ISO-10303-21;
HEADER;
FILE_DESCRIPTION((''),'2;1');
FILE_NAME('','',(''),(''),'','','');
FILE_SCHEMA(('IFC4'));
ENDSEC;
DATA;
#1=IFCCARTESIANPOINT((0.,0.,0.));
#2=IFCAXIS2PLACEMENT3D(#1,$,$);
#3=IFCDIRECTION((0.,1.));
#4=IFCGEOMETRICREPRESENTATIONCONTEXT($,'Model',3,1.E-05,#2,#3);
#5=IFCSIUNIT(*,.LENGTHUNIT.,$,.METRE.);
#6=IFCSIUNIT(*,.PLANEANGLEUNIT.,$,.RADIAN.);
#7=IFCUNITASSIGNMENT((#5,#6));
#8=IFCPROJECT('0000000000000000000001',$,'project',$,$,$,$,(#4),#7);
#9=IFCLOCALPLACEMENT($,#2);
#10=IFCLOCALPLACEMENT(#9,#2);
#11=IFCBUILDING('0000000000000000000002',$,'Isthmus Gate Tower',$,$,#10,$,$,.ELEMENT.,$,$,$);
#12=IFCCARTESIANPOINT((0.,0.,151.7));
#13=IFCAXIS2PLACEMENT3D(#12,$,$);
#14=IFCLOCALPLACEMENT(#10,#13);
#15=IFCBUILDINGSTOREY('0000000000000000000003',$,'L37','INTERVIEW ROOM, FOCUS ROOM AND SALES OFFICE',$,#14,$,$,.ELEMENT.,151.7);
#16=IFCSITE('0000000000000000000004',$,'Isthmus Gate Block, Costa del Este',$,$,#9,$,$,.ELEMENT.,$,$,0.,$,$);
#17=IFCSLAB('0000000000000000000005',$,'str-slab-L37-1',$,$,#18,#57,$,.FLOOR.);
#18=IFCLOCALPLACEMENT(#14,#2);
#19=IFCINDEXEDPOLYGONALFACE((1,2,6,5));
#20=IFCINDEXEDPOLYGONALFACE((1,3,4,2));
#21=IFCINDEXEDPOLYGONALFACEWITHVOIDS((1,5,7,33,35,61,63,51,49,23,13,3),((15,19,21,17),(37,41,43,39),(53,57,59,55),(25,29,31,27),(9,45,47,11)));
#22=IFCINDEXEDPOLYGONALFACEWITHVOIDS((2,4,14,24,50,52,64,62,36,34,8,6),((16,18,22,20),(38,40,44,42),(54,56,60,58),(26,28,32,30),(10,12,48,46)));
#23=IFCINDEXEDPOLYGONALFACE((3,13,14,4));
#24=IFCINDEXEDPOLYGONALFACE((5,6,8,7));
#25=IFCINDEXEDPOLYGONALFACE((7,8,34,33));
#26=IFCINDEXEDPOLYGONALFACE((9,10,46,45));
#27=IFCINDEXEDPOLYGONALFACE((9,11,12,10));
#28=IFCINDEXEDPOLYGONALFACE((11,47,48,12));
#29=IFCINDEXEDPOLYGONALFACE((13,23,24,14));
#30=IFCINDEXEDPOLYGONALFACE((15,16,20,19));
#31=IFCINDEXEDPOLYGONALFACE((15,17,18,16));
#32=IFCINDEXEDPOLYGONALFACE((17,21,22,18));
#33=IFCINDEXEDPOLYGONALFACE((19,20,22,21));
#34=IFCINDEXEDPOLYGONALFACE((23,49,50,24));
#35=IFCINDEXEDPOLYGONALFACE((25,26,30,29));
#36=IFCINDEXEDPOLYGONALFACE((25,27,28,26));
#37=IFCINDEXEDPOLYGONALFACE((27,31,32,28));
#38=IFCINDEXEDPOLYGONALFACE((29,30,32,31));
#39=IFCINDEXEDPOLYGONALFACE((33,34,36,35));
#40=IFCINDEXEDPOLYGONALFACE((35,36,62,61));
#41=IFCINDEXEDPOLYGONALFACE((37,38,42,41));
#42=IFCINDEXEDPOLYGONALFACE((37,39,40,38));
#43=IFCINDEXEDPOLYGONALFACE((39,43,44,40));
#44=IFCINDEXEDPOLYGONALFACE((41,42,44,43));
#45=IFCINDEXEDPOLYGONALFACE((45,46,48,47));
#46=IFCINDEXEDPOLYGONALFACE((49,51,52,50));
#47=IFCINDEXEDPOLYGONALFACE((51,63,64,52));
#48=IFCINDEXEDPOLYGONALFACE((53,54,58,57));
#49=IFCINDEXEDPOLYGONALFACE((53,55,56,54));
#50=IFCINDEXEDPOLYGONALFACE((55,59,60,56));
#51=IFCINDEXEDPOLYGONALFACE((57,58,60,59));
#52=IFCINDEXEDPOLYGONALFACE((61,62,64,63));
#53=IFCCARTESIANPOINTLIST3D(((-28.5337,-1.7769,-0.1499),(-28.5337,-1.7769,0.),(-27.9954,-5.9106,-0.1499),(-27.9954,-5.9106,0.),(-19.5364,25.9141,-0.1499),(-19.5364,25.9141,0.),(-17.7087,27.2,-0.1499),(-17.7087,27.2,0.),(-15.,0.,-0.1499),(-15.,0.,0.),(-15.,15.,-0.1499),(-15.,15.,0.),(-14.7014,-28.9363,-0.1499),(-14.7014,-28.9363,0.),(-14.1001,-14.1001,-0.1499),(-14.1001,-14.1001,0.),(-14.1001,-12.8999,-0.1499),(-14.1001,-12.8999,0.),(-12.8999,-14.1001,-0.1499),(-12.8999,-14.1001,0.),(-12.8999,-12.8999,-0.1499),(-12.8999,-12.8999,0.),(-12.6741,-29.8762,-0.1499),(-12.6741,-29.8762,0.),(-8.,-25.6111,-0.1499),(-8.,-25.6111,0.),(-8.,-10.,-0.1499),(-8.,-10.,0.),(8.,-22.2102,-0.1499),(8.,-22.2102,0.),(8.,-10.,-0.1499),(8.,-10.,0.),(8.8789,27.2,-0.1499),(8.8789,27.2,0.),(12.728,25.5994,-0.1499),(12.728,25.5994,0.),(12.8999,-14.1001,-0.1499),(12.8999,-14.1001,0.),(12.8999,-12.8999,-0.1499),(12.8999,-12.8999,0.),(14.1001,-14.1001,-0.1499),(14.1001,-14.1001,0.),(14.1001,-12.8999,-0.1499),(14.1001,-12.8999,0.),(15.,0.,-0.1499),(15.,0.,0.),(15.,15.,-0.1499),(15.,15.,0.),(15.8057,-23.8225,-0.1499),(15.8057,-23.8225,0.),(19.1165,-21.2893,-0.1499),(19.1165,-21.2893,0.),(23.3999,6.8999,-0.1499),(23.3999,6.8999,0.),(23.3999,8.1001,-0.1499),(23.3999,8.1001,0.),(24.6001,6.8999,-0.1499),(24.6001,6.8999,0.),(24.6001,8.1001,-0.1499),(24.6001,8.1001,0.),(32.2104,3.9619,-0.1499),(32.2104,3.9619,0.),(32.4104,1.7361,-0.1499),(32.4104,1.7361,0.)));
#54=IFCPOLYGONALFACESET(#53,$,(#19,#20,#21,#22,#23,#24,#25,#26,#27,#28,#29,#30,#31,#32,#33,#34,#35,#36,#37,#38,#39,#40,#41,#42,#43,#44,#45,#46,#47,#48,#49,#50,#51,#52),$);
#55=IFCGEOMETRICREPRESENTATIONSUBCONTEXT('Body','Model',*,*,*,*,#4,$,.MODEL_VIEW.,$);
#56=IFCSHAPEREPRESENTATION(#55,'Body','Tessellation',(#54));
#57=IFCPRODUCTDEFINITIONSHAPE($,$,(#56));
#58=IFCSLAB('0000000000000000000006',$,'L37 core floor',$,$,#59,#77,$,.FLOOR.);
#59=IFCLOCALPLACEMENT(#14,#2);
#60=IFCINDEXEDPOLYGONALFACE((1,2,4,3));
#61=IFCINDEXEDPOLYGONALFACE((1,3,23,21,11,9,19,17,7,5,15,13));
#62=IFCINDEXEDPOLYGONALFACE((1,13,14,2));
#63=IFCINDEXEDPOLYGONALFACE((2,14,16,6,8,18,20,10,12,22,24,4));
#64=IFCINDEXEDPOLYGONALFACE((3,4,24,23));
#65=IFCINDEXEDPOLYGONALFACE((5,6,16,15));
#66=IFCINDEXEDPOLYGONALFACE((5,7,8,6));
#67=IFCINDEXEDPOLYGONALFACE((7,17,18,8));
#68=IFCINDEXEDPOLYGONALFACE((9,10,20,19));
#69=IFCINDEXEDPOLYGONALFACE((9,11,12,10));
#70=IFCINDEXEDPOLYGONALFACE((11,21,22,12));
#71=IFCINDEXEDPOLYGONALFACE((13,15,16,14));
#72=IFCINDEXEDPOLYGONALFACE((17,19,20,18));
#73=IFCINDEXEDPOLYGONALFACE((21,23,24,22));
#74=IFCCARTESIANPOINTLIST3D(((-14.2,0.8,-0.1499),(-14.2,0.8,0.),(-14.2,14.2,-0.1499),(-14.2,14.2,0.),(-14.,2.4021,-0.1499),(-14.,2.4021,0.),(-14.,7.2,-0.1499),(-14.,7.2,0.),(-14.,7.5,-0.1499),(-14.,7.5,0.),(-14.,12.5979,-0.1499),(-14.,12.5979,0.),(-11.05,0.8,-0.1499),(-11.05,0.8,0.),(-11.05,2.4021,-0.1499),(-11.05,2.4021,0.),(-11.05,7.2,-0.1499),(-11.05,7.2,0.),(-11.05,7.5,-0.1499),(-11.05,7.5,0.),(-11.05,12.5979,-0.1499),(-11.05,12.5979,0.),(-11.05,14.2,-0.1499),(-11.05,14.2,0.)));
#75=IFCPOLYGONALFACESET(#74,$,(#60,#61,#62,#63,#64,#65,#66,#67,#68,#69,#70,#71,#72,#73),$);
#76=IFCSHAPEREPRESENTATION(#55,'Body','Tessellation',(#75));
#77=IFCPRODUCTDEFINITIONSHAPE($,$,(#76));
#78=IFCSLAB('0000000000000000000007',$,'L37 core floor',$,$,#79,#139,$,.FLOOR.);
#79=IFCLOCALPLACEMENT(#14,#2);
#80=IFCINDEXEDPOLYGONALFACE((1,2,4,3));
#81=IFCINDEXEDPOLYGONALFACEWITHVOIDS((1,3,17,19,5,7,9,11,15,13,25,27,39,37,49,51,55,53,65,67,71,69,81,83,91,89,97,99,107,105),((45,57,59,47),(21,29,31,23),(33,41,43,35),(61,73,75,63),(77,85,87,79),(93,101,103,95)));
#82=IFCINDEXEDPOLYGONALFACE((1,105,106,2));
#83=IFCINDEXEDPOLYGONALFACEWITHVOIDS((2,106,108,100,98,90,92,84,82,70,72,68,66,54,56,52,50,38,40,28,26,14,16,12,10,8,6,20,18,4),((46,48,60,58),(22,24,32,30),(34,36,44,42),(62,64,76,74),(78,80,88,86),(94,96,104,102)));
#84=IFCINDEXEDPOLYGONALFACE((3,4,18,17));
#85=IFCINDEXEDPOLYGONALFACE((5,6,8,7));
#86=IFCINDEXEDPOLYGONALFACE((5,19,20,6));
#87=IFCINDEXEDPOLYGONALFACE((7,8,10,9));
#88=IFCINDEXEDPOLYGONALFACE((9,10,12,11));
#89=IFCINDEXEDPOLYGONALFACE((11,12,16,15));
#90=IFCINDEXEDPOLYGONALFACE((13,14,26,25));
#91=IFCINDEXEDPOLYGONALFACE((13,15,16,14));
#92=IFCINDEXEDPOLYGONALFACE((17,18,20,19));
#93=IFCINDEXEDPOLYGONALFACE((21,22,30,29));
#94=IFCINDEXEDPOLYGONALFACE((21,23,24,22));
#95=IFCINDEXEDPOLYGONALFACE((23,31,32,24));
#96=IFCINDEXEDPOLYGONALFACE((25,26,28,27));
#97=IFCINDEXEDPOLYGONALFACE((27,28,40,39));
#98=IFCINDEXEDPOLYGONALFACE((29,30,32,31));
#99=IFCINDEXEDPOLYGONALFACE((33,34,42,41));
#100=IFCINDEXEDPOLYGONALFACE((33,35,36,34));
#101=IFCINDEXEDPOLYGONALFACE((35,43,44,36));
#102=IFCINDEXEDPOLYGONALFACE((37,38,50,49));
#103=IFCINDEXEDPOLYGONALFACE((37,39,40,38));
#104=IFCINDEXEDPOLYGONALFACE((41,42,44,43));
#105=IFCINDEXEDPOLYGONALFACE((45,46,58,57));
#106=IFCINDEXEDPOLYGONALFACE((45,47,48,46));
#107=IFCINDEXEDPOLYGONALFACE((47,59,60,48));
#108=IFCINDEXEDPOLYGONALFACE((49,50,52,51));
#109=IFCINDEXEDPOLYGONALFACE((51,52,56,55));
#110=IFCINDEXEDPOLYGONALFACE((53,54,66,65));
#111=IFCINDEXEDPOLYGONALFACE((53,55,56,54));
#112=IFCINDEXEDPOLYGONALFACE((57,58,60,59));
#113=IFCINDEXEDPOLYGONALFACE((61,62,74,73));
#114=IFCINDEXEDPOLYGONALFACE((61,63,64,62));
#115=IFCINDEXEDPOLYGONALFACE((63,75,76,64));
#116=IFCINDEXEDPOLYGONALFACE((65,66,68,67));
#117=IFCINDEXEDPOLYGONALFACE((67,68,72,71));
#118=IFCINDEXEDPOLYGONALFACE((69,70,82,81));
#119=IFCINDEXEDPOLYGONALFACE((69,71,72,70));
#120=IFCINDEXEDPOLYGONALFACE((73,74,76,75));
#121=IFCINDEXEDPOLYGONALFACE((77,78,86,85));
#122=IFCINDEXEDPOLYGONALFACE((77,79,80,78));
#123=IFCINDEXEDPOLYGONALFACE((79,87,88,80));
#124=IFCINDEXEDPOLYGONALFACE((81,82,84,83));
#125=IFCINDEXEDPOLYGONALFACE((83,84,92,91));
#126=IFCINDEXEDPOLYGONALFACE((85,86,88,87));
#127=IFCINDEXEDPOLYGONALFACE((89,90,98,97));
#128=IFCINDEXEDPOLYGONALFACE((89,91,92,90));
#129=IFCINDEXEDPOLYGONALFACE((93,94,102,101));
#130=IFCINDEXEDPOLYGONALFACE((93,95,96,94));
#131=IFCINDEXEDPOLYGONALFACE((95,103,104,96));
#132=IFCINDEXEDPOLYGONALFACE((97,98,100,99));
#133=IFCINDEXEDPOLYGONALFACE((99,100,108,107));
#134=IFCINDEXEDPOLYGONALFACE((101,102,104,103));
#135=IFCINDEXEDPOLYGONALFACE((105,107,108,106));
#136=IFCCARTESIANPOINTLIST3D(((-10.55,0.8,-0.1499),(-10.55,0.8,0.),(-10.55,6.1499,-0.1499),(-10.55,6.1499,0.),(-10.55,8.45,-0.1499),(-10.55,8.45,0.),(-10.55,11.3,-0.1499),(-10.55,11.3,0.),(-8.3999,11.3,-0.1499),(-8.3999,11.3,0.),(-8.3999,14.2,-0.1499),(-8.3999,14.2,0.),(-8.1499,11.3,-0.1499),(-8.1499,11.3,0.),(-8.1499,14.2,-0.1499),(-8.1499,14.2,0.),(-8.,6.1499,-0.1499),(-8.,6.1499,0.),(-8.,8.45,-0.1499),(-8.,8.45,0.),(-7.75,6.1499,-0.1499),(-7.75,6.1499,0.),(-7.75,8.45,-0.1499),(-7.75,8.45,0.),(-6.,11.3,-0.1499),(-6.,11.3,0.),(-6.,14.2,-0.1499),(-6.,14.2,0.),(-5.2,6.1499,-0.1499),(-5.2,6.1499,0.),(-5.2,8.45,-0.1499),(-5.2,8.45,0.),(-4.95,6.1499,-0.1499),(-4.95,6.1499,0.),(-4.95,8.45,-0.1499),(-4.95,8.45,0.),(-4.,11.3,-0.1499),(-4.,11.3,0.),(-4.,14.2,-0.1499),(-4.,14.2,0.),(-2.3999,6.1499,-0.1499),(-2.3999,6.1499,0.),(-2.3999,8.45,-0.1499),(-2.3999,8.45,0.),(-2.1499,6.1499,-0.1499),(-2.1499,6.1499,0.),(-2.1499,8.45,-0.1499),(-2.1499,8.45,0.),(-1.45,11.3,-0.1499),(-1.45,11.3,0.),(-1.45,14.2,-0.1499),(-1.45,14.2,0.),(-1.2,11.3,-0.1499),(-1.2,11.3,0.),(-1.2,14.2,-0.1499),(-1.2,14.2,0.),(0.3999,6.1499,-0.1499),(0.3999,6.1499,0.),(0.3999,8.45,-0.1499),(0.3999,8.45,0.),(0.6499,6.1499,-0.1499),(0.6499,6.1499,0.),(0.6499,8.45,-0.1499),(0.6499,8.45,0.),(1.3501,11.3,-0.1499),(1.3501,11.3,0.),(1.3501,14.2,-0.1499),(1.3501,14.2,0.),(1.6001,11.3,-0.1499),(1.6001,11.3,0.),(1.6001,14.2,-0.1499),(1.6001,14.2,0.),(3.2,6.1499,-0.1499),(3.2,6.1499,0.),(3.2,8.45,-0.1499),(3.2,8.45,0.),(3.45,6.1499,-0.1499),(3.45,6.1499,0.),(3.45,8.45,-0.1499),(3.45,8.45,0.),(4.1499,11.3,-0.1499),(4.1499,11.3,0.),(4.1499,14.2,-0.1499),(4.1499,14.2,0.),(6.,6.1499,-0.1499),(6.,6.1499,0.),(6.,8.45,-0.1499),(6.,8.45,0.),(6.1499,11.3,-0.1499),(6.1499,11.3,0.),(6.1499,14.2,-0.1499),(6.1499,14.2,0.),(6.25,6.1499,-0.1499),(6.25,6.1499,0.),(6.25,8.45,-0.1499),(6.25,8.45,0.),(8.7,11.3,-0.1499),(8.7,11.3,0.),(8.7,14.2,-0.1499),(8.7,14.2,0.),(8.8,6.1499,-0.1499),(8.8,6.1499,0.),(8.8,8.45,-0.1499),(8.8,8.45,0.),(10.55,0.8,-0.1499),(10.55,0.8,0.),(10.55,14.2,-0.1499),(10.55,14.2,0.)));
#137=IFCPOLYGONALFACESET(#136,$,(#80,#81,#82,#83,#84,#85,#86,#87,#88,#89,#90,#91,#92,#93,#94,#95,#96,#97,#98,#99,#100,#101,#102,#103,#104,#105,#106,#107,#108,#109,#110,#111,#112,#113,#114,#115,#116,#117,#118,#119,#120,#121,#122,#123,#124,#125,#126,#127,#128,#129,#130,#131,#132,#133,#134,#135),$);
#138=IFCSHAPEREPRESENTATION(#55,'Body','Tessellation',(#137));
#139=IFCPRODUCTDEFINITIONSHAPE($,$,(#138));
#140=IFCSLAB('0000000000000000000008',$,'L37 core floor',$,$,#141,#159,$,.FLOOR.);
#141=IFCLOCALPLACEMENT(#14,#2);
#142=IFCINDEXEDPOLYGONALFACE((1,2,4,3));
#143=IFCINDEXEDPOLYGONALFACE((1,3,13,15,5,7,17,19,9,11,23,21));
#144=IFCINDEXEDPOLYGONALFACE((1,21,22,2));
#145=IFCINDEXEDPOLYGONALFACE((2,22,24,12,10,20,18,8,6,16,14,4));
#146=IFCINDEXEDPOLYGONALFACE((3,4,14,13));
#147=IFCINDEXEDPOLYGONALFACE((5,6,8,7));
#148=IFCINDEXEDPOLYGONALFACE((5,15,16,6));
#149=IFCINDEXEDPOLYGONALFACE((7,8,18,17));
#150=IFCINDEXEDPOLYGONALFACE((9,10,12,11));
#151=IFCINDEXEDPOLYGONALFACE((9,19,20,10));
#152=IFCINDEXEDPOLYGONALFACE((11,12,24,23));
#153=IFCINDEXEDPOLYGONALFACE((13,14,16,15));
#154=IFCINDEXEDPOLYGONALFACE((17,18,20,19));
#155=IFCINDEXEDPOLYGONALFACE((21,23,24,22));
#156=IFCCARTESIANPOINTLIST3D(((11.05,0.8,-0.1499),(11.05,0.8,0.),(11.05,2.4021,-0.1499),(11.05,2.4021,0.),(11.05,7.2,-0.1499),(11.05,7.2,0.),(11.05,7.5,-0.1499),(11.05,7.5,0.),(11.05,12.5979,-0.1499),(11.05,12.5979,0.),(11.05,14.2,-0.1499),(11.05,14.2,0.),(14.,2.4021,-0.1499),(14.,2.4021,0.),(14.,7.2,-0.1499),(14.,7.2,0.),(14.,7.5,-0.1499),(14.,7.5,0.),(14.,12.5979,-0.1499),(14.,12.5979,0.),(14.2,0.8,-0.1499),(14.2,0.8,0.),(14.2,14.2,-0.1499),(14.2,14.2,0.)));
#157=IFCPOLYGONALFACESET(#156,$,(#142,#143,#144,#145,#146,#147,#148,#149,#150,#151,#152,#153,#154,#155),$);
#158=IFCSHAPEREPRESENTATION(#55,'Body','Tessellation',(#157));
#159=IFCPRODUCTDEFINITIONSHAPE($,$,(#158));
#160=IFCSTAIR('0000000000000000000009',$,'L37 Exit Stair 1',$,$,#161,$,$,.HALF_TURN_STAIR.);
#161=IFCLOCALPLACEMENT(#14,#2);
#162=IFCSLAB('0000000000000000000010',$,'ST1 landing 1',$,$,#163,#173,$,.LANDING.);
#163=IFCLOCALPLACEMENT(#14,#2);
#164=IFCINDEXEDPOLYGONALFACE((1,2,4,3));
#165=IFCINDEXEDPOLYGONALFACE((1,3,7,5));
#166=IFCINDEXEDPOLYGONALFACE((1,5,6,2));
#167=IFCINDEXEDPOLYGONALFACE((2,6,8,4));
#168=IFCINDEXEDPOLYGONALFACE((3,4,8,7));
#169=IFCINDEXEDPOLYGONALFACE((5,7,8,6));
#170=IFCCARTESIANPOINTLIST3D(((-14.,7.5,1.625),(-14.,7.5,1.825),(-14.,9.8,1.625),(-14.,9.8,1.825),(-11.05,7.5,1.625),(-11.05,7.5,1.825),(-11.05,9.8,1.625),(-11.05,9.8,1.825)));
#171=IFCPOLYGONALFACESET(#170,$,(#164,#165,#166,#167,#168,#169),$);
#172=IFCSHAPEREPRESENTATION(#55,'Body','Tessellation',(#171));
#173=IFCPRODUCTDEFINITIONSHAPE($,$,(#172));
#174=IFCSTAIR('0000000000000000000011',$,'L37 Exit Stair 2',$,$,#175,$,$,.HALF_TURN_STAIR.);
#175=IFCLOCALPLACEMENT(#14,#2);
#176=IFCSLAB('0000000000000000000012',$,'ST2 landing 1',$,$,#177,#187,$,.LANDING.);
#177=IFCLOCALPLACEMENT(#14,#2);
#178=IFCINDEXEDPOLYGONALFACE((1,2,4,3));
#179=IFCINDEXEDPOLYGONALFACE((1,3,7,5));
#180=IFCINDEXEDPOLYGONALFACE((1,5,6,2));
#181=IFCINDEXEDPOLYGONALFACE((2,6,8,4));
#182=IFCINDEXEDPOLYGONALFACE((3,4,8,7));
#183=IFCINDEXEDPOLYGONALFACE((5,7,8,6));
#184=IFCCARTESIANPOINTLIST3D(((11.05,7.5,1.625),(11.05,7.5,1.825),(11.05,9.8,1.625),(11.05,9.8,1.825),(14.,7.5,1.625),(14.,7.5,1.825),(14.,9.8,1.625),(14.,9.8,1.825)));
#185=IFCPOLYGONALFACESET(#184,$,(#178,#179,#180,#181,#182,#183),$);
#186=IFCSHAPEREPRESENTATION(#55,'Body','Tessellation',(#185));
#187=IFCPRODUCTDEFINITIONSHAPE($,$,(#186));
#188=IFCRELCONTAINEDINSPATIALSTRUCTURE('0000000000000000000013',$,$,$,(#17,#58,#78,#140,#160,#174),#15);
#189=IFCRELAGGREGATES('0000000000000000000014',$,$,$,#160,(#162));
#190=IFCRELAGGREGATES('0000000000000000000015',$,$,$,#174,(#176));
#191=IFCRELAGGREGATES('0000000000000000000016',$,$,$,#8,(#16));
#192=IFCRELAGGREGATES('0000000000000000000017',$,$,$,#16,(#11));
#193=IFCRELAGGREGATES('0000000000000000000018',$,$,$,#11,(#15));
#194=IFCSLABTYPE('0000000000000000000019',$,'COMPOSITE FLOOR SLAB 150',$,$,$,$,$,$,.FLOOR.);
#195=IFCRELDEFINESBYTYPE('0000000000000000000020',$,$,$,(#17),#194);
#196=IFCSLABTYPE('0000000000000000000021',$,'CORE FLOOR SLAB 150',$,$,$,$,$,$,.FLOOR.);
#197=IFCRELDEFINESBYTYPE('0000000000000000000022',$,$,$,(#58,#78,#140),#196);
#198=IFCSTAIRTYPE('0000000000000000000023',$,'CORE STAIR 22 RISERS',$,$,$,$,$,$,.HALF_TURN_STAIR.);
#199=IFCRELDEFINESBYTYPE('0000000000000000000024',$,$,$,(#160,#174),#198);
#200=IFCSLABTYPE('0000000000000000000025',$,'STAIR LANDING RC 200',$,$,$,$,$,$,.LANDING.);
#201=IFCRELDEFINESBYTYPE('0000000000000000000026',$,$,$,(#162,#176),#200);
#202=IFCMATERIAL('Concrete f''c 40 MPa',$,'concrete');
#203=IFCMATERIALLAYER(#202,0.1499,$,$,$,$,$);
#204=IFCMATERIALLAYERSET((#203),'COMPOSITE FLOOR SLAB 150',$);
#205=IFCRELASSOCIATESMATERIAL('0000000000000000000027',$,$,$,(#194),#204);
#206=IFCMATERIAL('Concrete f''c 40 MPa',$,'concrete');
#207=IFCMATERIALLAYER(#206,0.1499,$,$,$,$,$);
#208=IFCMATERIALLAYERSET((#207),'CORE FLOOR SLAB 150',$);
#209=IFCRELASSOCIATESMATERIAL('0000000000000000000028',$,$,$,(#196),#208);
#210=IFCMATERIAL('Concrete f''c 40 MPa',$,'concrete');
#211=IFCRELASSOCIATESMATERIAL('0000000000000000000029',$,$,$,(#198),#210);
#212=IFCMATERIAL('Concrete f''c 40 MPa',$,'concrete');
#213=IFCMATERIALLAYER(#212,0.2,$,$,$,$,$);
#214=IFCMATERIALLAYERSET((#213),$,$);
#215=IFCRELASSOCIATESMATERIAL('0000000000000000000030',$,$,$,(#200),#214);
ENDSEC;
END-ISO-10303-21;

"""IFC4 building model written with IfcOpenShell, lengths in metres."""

from ifc_helpers import new_model, si_unit, direction, frame, origin, place, context, subcontext, project, spatial, polyline, outline, extrude, material, layer, layer_set, type_object, element, aggregate, save


model = new_model("IFC4")

# Units and contexts
model_context = context("Model", 3, precision=1e-05, world=origin(), true_north=direction((0.0, 1.0)))
body_context = subcontext(model_context, "Body", "Model", "MODEL_VIEW")
ifc_project = project(units=[si_unit("LENGTHUNIT", "METRE"), si_unit("PLANEANGLEUNIT", "RADIAN")], contexts=[model_context])

# Site, building, storey
site_placement = place(None, origin())
site = spatial("IfcSite", under=ifc_project, at=site_placement, Name="Isthmus Gate Block, Costa del Este", CompositionType="ELEMENT", RefElevation=0.0)
building_placement = place(site_placement, origin())
building = spatial("IfcBuilding", under=site, at=building_placement, Name="Isthmus Gate Tower", CompositionType="ELEMENT")
storey_placement = place(building_placement, frame((0.0, 0.0, 151.7)))
storey = spatial("IfcBuildingStorey", under=building, at=storey_placement, Name="L37", Description="INTERVIEW ROOM, FOCUS ROOM AND SALES OFFICE", CompositionType="ELEMENT", Elevation=151.7)

# Slabs
ifc_material_1 = material(Name="Concrete f'c 40 MPa", Category="concrete")
ifc_layer_1 = layer(ifc_material_1, 0.1499)
ifc_layer_set_1 = layer_set([ifc_layer_1], Name="COMPOSITE FLOOR SLAB 150")
slab_type_1 = type_object("IfcSlabType", Name="COMPOSITE FLOOR SLAB 150", PredefinedType="FLOOR", material=ifc_layer_set_1)
slab_1_placement = place(storey_placement, frame((0.0, 0.0, -0.1499)))
element("IfcSlab", 1, at=slab_1_placement, inside=storey, type_object=slab_type_1, Name="str-slab-L37-1", PredefinedType="FLOOR", context=body_context, shape_type="SweptSolid", body=[
    extrude(outline(polyline([(12.728, 25.5994), (32.2104, 3.9619), (32.4104, 1.7361), (19.1165, -21.2893), (15.8057, -23.8225), (-12.6741, -29.8762), (-14.7014, -28.9363), (-27.9954, -5.9106), (-28.5337, -1.7769), (-19.5364, 25.9141), (-17.7087, 27.2), (8.8789, 27.2), (12.728, 25.5994)]), holes=[polyline([(-8.0, -10.0), (-8.0, -25.6111), (8.0, -22.2102), (8.0, -10.0), (-8.0, -10.0)]), polyline([(-14.1001, -12.8999), (-14.1001, -14.1001), (-12.8999, -14.1001), (-12.8999, -12.8999), (-14.1001, -12.8999)]), polyline([(14.1001, -12.8999), (12.8999, -12.8999), (12.8999, -14.1001), (14.1001, -14.1001), (14.1001, -12.8999)]), polyline([(-15.0, 15.0), (-15.0, 0.0), (15.0, 0.0), (15.0, 15.0), (-15.0, 15.0)]), polyline([(24.6001, 6.8999), (24.6001, 8.1001), (23.3999, 8.1001), (23.3999, 6.8999), (24.6001, 6.8999)])]), origin(), (0.0, 0.0, 1.0), 0.1499),
])
ifc_material_2 = material(Name="Concrete f'c 40 MPa", Category="concrete")
ifc_layer_2 = layer(ifc_material_2, 0.1499)
ifc_layer_set_2 = layer_set([ifc_layer_2], Name="CORE FLOOR SLAB 150")
slab_type_2 = type_object("IfcSlabType", Name="CORE FLOOR SLAB 150", PredefinedType="FLOOR", material=ifc_layer_set_2)
slab_2_placement = place(storey_placement, frame((0.0, 0.0, -0.1499)))
element("IfcSlab", 2, at=slab_2_placement, inside=storey, type_object=slab_type_2, Name="L37 core floor", PredefinedType="FLOOR", context=body_context, shape_type="SweptSolid", body=[
    extrude(outline(polyline([(-11.05, 0.8), (-11.05, 2.4021), (-14.0, 2.4021), (-14.0, 7.2), (-11.05, 7.2), (-11.05, 7.5), (-14.0, 7.5), (-14.0, 12.5979), (-11.05, 12.5979), (-11.05, 14.2), (-14.2, 14.2), (-14.2, 0.8), (-11.05, 0.8)])), origin(), (0.0, 0.0, 1.0), 0.1499),
])
slab_3_placement = place(storey_placement, frame((0.0, 0.0, -0.1499)))
element("IfcSlab", 3, at=slab_3_placement, inside=storey, type_object=slab_type_2, Name="L37 core floor", PredefinedType="FLOOR", context=body_context, shape_type="SweptSolid", body=[
    extrude(outline(polyline([(10.55, 14.2), (8.7, 14.2), (8.7, 11.3), (6.1499, 11.3), (6.1499, 14.2), (4.1499, 14.2), (4.1499, 11.3), (1.6001, 11.3), (1.6001, 14.2), (1.3501, 14.2), (1.3501, 11.3), (-1.2, 11.3), (-1.2, 14.2), (-1.45, 14.2), (-1.45, 11.3), (-4.0, 11.3), (-4.0, 14.2), (-6.0, 14.2), (-6.0, 11.3), (-8.1499, 11.3), (-8.1499, 14.2), (-8.3999, 14.2), (-8.3999, 11.3), (-10.55, 11.3), (-10.55, 8.45), (-8.0, 8.45), (-8.0, 6.1499), (-10.55, 6.1499), (-10.55, 0.8), (10.55, 0.8), (10.55, 14.2)]), holes=[polyline([(-5.2, 8.45), (-5.2, 6.1499), (-7.75, 6.1499), (-7.75, 8.45), (-5.2, 8.45)]), polyline([(-2.3999, 8.45), (-2.3999, 6.1499), (-4.95, 6.1499), (-4.95, 8.45), (-2.3999, 8.45)]), polyline([(0.3999, 8.45), (0.3999, 6.1499), (-2.1499, 6.1499), (-2.1499, 8.45), (0.3999, 8.45)]), polyline([(3.2, 8.45), (3.2, 6.1499), (0.6499, 6.1499), (0.6499, 8.45), (3.2, 8.45)]), polyline([(6.0, 8.45), (6.0, 6.1499), (3.45, 6.1499), (3.45, 8.45), (6.0, 8.45)]), polyline([(8.8, 8.45), (8.8, 6.1499), (6.25, 6.1499), (6.25, 8.45), (8.8, 8.45)])]), origin(), (0.0, 0.0, 1.0), 0.1499),
])
slab_4_placement = place(storey_placement, frame((0.0, 0.0, -0.1499)))
element("IfcSlab", 4, at=slab_4_placement, inside=storey, type_object=slab_type_2, Name="L37 core floor", PredefinedType="FLOOR", context=body_context, shape_type="SweptSolid", body=[
    extrude(outline(polyline([(11.05, 14.2), (11.05, 12.5979), (14.0, 12.5979), (14.0, 7.5), (11.05, 7.5), (11.05, 7.2), (14.0, 7.2), (14.0, 2.4021), (11.05, 2.4021), (11.05, 0.8), (14.2, 0.8), (14.2, 14.2), (11.05, 14.2)])), origin(), (0.0, 0.0, 1.0), 0.1499),
])

# Stairs, slabs
ifc_material_3 = material(Name="Concrete f'c 40 MPa", Category="concrete")
stair_type = type_object("IfcStairType", Name="CORE STAIR 22 RISERS", PredefinedType="HALF_TURN_STAIR", material=ifc_material_3)
stair_1_placement = place(storey_placement, origin())
stair_1 = element("IfcStair", 5, at=stair_1_placement, inside=storey, type_object=stair_type, Name="L37 Exit Stair 1", PredefinedType="HALF_TURN_STAIR")
ifc_material_4 = material(Name="Concrete f'c 40 MPa", Category="concrete")
ifc_layer_3 = layer(ifc_material_4, 0.2)
ifc_layer_set_3 = layer_set([ifc_layer_3])
slab_type_3 = type_object("IfcSlabType", Name="STAIR LANDING RC 200", PredefinedType="LANDING", material=ifc_layer_set_3)
slab_5_placement = place(storey_placement, frame((0.0, 0.0, 1.625)))
slab_5 = element("IfcSlab", 6, at=slab_5_placement, type_object=slab_type_3, Name="ST1 landing 1", PredefinedType="LANDING", context=body_context, shape_type="SweptSolid", body=[
    extrude(outline(polyline([(-14.0, 9.8), (-14.0, 7.5), (-11.05, 7.5), (-11.05, 9.8), (-14.0, 9.8)])), origin(), (0.0, 0.0, 1.0), 0.2),
])
aggregate(stair_1, [slab_5])
stair_2_placement = place(storey_placement, origin())
stair_2 = element("IfcStair", 7, at=stair_2_placement, inside=storey, type_object=stair_type, Name="L37 Exit Stair 2", PredefinedType="HALF_TURN_STAIR")
slab_6_placement = place(storey_placement, frame((0.0, 0.0, 1.625)))
slab_6 = element("IfcSlab", 8, at=slab_6_placement, type_object=slab_type_3, Name="ST2 landing 1", PredefinedType="LANDING", context=body_context, shape_type="SweptSolid", body=[
    extrude(outline(polyline([(11.05, 9.8), (11.05, 7.5), (14.0, 7.5), (14.0, 9.8), (11.05, 9.8)])), origin(), (0.0, 0.0, 1.0), 0.2),
])
aggregate(stair_2, [slab_6])

save(model, "model.ifc")
